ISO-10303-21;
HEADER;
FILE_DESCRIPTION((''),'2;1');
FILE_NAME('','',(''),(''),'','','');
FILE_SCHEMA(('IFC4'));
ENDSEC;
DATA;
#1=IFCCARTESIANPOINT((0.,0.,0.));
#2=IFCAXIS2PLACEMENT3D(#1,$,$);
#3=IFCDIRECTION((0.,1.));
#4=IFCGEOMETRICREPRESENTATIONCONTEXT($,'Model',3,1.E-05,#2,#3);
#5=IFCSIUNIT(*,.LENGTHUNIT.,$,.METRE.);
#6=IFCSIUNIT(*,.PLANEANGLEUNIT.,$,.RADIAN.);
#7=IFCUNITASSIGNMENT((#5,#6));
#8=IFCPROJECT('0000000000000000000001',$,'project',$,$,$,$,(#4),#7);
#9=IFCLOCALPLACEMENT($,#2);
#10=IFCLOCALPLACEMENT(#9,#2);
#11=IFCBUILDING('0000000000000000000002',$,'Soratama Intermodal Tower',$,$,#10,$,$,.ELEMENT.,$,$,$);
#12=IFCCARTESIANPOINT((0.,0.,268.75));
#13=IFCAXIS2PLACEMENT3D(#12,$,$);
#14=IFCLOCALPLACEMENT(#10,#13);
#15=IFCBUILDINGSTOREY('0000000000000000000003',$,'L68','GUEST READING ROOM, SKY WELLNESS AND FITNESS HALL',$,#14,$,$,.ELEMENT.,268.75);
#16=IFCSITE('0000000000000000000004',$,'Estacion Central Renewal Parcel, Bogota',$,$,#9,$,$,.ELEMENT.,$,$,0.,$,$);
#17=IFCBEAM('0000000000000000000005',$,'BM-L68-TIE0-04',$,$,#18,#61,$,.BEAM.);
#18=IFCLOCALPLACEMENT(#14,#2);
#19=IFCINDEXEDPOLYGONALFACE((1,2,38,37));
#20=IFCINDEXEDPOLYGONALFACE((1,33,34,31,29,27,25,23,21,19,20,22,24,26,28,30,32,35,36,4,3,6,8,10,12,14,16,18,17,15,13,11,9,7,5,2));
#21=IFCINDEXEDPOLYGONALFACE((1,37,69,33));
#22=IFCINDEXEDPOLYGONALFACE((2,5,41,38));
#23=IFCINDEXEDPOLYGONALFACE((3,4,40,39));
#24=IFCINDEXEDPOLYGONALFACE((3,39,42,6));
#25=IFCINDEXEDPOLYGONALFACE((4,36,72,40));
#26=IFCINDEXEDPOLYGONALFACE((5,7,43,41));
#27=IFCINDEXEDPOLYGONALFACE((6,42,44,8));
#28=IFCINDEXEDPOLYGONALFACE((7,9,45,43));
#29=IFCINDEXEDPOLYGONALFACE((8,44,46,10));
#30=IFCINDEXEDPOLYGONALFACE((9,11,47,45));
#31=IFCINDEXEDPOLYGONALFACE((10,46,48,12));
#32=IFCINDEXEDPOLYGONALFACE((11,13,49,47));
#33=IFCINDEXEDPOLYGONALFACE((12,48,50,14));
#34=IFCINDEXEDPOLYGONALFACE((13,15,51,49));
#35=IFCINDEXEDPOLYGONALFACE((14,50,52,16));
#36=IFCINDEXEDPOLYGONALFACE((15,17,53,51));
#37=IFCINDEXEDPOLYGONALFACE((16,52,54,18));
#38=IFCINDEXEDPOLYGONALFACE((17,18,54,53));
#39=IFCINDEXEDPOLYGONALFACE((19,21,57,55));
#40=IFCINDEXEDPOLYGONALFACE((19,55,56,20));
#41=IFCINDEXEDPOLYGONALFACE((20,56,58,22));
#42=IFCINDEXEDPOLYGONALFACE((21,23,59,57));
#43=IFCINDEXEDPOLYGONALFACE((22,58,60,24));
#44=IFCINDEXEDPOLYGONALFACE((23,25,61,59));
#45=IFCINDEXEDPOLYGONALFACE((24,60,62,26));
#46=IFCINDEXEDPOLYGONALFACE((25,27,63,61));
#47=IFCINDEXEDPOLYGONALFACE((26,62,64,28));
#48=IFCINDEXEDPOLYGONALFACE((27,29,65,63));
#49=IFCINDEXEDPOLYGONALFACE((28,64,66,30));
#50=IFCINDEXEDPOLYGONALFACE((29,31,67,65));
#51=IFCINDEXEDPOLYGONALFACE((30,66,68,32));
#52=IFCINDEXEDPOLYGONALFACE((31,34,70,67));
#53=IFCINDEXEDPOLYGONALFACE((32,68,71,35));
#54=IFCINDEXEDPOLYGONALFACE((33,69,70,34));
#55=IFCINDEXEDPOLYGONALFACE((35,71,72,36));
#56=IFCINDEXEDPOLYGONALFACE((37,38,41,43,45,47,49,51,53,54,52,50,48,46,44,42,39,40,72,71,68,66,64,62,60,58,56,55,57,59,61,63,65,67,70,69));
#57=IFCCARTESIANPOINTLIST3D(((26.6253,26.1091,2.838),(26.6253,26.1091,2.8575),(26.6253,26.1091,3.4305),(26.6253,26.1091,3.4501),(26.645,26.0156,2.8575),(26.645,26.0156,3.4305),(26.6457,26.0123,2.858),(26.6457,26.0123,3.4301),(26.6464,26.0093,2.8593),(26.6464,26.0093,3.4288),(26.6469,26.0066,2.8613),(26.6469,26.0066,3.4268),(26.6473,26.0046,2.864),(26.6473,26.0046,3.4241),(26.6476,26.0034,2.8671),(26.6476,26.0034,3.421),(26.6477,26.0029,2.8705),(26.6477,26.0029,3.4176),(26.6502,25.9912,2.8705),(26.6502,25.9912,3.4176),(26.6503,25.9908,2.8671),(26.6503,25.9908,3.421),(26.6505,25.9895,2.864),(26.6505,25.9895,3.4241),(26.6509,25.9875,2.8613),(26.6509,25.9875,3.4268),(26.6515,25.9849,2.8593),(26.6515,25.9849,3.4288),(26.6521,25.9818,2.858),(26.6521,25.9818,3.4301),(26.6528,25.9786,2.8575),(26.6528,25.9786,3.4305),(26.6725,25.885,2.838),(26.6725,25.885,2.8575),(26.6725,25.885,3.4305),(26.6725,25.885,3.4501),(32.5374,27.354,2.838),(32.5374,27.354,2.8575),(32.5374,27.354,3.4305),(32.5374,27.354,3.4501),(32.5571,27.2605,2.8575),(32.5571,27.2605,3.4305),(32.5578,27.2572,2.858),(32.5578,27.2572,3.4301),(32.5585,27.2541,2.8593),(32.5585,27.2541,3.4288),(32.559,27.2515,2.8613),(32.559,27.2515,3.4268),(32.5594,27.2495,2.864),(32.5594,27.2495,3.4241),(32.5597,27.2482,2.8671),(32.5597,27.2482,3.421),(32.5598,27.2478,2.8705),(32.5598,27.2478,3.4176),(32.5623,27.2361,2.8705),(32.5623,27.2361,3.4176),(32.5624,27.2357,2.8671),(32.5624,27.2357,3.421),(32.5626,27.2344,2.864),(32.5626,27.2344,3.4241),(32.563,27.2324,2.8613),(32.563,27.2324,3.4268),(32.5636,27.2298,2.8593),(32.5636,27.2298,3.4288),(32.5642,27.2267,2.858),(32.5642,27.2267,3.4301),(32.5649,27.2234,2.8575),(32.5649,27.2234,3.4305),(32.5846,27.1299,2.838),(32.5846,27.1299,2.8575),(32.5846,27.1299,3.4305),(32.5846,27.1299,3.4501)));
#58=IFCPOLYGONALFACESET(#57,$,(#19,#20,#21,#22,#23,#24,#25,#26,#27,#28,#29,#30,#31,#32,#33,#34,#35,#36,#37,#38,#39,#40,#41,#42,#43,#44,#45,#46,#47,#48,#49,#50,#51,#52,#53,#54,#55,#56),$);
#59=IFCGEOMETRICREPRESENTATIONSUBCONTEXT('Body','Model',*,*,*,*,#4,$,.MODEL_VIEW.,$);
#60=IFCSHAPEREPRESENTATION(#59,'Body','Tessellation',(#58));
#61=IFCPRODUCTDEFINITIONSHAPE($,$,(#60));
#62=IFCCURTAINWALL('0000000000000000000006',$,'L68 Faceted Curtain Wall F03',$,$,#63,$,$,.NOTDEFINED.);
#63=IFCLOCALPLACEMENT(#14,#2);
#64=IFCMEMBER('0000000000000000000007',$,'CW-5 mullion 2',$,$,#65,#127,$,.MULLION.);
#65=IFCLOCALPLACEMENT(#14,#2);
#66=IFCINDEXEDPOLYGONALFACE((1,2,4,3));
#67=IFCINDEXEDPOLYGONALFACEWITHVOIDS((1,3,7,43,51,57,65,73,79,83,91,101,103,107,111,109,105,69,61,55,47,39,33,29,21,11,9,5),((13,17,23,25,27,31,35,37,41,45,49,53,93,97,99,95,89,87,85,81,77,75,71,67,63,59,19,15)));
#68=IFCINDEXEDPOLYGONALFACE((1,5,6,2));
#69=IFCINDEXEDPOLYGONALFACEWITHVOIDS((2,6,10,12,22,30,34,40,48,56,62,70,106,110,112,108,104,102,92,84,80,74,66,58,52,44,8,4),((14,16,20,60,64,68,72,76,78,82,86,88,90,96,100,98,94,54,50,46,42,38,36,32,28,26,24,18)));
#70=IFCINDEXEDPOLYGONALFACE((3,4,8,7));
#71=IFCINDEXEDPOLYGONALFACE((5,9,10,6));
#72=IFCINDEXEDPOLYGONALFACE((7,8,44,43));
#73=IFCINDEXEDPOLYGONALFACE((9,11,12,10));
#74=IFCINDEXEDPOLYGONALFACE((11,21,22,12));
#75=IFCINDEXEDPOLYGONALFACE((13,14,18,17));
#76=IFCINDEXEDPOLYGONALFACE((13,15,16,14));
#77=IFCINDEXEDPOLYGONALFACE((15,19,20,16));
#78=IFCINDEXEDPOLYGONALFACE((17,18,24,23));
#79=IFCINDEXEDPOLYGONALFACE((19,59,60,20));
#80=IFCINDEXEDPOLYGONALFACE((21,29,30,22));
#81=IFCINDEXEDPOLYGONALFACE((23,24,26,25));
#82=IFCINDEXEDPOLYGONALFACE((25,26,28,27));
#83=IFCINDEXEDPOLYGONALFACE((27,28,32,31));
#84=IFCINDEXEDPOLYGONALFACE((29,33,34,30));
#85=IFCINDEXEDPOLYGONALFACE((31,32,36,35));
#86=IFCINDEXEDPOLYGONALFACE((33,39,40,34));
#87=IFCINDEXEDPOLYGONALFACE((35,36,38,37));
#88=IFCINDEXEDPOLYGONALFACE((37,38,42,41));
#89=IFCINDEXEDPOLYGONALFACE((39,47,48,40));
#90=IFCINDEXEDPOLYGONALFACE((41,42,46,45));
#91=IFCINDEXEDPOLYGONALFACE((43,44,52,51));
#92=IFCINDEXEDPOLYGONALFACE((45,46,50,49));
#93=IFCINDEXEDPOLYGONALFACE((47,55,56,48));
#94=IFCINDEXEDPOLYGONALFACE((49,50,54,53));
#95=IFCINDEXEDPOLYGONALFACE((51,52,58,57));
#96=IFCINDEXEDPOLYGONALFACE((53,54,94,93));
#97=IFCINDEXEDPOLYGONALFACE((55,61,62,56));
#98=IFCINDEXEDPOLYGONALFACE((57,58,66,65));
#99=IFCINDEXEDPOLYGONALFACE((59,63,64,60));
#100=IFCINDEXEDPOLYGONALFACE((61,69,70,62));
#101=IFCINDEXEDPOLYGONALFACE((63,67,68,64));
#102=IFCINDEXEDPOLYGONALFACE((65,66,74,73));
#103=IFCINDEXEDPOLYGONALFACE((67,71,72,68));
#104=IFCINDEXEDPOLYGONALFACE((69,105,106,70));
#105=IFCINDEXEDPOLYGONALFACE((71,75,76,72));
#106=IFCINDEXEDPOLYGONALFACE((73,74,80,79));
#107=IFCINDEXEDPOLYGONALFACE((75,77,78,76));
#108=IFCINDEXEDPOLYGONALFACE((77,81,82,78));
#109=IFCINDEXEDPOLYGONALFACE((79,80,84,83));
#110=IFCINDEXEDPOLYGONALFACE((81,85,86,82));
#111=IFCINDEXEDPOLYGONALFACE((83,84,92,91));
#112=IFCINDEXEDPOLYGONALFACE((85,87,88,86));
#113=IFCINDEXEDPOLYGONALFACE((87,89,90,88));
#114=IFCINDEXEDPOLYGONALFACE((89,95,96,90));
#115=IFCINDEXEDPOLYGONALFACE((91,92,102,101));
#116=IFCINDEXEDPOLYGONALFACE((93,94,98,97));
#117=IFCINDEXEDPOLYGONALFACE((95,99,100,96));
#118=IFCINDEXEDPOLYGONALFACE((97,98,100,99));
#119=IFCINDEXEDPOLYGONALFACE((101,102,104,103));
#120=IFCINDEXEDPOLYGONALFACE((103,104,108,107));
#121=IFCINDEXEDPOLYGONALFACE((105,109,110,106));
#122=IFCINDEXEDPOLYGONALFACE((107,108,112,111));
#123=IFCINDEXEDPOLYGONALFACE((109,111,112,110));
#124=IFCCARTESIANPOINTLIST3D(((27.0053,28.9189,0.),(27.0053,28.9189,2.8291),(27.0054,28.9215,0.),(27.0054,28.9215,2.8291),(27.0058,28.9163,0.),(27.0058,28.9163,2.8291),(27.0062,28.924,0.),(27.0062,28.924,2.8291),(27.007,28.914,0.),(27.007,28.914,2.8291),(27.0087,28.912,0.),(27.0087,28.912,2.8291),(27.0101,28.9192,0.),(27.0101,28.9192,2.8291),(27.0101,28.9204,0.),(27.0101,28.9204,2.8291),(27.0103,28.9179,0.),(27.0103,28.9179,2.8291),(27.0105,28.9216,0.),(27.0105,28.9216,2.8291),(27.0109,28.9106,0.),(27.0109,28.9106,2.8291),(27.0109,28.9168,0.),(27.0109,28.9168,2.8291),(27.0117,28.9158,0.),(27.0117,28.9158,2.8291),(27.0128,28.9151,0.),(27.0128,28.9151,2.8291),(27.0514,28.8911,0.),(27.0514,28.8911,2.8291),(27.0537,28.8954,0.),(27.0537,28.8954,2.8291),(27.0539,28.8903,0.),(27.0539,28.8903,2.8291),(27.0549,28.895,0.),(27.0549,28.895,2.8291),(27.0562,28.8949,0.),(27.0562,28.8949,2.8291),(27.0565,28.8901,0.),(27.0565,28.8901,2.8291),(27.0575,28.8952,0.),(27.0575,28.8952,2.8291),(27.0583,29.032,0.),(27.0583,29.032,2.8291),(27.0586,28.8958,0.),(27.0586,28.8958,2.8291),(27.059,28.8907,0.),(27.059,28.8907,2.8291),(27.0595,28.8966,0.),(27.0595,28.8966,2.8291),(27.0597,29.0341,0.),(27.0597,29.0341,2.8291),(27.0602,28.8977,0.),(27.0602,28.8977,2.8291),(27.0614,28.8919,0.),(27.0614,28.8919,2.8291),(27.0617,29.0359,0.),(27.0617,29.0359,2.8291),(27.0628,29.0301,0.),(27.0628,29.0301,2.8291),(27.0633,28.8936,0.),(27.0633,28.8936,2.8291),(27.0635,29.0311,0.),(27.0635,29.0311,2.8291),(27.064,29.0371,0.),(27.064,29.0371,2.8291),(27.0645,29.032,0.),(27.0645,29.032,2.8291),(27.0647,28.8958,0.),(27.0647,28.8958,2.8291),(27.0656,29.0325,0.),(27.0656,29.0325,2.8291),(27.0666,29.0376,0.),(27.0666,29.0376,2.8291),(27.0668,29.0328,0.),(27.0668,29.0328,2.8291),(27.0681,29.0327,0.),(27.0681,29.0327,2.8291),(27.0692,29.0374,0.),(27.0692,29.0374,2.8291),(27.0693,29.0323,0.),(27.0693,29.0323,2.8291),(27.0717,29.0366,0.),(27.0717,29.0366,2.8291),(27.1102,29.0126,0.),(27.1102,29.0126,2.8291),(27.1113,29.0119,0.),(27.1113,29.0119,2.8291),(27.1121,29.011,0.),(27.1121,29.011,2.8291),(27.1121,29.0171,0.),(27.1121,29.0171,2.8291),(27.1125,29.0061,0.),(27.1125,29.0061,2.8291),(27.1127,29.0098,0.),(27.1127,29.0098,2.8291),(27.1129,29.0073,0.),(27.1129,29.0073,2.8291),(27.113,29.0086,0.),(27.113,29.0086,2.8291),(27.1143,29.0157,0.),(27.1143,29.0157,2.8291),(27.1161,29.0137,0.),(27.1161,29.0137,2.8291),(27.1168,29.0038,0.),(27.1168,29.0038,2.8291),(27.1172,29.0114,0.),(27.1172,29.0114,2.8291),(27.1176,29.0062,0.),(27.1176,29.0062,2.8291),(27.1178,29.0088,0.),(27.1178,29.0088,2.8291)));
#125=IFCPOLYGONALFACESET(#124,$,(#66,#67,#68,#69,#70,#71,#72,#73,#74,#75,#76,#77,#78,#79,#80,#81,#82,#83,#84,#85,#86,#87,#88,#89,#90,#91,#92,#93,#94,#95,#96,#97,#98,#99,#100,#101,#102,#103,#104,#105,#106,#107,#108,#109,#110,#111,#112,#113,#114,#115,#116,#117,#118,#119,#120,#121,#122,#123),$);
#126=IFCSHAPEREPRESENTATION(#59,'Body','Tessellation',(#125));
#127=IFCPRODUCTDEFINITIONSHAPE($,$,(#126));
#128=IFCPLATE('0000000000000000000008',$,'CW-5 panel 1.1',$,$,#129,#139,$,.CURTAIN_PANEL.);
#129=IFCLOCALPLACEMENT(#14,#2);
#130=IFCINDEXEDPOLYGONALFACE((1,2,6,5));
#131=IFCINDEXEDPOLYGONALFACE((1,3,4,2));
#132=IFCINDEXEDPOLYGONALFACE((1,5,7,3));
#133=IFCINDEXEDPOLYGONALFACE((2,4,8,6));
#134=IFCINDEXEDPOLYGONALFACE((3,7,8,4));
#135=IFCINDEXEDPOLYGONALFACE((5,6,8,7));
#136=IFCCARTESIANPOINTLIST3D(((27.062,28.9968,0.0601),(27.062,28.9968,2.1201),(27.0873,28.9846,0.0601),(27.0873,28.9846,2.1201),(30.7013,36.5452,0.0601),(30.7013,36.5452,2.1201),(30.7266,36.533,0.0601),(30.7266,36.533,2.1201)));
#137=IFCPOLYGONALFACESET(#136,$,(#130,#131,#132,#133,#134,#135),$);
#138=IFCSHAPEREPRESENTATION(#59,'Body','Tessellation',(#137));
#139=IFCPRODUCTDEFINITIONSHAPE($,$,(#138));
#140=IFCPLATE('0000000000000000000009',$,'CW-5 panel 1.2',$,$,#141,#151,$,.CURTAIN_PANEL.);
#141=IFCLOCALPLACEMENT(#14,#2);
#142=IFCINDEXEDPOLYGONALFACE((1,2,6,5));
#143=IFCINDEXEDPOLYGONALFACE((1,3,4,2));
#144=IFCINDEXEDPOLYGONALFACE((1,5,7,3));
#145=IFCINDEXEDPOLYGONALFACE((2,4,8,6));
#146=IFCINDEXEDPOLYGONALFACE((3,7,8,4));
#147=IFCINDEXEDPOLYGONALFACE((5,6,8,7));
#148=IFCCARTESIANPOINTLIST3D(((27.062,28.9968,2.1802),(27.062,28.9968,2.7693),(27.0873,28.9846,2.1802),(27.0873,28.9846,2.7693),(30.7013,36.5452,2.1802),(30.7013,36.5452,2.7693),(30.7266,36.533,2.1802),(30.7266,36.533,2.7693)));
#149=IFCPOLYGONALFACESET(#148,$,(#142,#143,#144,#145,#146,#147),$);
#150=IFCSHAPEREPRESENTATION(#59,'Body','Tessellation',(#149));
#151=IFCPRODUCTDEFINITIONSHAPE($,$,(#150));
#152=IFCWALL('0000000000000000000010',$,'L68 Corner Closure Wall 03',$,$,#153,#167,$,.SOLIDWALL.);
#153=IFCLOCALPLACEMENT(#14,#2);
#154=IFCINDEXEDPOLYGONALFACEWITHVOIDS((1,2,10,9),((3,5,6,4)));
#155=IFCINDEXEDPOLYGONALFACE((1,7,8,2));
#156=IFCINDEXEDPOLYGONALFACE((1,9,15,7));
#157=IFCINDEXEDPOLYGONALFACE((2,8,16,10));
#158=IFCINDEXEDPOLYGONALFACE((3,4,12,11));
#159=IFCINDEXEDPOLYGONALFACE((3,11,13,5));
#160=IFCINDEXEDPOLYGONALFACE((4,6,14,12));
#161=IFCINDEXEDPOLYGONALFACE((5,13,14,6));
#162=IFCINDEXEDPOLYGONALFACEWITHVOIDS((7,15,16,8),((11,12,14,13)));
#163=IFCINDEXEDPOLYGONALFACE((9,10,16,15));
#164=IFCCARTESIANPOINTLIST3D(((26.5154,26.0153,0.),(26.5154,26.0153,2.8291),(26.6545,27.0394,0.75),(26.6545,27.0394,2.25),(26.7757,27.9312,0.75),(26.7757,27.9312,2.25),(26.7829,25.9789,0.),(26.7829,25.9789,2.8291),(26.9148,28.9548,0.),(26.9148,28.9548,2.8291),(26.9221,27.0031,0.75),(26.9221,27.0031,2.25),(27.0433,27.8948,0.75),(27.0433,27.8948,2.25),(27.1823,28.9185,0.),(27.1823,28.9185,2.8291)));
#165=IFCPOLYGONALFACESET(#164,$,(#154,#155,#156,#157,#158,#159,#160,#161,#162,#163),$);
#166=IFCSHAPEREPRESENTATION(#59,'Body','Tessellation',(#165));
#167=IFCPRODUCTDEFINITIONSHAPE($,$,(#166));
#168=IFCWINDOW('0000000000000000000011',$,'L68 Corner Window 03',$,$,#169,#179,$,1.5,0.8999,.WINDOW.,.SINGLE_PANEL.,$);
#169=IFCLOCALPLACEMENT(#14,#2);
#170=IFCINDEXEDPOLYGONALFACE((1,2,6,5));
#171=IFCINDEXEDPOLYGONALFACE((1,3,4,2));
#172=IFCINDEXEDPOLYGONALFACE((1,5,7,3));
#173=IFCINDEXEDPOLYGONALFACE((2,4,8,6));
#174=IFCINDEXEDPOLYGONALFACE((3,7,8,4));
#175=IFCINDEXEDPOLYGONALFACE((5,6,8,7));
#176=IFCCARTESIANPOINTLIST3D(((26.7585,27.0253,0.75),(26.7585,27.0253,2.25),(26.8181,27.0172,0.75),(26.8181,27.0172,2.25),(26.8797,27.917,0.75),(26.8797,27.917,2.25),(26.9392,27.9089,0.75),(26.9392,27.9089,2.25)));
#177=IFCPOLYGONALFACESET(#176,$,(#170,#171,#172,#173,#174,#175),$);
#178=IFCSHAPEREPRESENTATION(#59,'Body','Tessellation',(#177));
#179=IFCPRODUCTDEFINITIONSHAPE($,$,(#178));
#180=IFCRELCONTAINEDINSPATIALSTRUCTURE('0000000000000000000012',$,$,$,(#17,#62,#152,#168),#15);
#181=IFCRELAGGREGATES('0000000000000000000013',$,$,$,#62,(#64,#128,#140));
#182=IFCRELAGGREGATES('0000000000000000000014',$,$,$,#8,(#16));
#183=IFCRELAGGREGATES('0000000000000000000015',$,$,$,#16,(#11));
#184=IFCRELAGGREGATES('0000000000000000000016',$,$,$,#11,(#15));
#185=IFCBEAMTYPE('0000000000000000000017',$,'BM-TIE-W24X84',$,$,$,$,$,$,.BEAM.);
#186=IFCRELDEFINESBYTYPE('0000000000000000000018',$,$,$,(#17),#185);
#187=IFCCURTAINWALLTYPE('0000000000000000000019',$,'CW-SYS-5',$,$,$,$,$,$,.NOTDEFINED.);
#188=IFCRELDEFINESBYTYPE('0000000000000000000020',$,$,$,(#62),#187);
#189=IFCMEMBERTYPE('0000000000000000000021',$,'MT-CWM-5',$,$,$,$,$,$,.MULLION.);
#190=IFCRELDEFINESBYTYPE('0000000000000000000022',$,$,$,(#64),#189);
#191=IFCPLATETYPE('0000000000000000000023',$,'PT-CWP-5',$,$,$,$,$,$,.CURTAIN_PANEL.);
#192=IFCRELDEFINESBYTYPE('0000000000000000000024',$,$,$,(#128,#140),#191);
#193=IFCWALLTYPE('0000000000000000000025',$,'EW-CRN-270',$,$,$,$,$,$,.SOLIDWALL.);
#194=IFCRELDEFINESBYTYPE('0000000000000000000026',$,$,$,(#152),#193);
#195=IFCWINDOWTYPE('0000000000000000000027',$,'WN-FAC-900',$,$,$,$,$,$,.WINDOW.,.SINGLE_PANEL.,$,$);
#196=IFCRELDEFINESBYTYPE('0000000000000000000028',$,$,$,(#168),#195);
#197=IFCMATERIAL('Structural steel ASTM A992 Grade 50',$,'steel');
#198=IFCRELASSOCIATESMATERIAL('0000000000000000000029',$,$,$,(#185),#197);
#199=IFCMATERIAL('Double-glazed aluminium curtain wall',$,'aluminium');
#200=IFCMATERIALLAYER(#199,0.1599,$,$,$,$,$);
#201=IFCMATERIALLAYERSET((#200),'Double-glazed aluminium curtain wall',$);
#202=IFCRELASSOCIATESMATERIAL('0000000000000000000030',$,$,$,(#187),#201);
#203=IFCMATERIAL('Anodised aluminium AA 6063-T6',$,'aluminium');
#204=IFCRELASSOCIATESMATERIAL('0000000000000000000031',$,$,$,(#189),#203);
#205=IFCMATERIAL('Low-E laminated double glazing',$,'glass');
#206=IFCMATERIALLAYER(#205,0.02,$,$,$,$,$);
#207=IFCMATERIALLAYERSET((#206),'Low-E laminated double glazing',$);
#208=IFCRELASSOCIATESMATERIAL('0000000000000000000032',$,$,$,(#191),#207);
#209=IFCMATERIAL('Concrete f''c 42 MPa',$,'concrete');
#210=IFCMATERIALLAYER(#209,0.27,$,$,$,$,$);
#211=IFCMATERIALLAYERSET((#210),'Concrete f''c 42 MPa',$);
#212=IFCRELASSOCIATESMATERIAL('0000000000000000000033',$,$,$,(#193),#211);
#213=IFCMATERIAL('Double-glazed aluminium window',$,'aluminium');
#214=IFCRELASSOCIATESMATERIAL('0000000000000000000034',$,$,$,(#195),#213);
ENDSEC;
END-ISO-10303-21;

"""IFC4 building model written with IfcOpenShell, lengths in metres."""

from ifc_helpers import new_model, si_unit, direction, frame, frame_2d, origin, origin_2d, place, context, subcontext, project, spatial, rectangle, hollow_rectangle, i_section, extrude, material, layer, layer_set, material_profile, profile_set, type_object, element, fill, aggregate, save


model = new_model("IFC4")

# Units and contexts
model_context = context("Model", 3, precision=1e-05, world=origin(), true_north=direction((0.0, 1.0)))
body_context = subcontext(model_context, "Body", "Model", "MODEL_VIEW")
ifc_project = project(units=[si_unit("LENGTHUNIT", "METRE"), si_unit("PLANEANGLEUNIT", "RADIAN")], contexts=[model_context])

# Site, building, storey
site_placement = place(None, origin())
site = spatial("IfcSite", under=ifc_project, at=site_placement, Name="Estacion Central Renewal Parcel, Bogota", CompositionType="ELEMENT", RefElevation=0.0)
building_placement = place(site_placement, origin())
building = spatial("IfcBuilding", under=site, at=building_placement, Name="Soratama Intermodal Tower", CompositionType="ELEMENT")
storey_placement = place(building_placement, frame((0.0, 0.0, 268.75)))
storey = spatial("IfcBuildingStorey", under=building, at=storey_placement, Name="L68", Description="GUEST READING ROOM, SKY WELLNESS AND FITNESS HALL", CompositionType="ELEMENT", Elevation=268.75)

# Beam
ifc_material_1 = material(Name="Structural steel ASTM A992 Grade 50", Category="steel")
ifc_material_profile_1 = material_profile(ifc_material_1, i_section(OverallWidth=0.229, OverallDepth=0.6121, WebThickness=0.012, FlangeThickness=0.0195, FilletRadius=0.0129, at=origin_2d()), Name="W24X84")
ifc_profile_set_1 = profile_set([ifc_material_profile_1], Name="Structural steel ASTM A992 Grade 50")
beam_type_1 = type_object("IfcBeamType", Name="BM-TIE-W24X84", PredefinedType="BEAM", material=ifc_profile_set_1)
beam_1_placement = place(storey_placement, frame((32.561, 27.2419, 3.144), z_axis=(-0.978542, -0.206045, 0.0), x_axis=(0.206045, -0.978542, 0.0)))
element("IfcBeam", 1, at=beam_1_placement, inside=storey, type_object=beam_type_1, Name="BM-L68-TIE0-04", PredefinedType="BEAM", context=body_context, shape_type="SweptSolid", body=[
    extrude(i_section(OverallWidth=0.229, OverallDepth=0.6121, WebThickness=0.012, FlangeThickness=0.0195, FilletRadius=0.0129, at=origin_2d()), origin(), (0.0, 0.0, 1.0), 6.0417),
])

# Curtain wall, member, plates
ifc_material_2 = material(Name="Double-glazed aluminium curtain wall", Category="aluminium")
ifc_layer_1 = layer(ifc_material_2, 0.1599)
ifc_layer_set_1 = layer_set([ifc_layer_1], Name="Double-glazed aluminium curtain wall")
curtain_wall_type = type_object("IfcCurtainWallType", Name="CW-SYS-5", PredefinedType="NOTDEFINED", material=ifc_layer_set_1)
curtain_wall_placement = place(storey_placement, origin())
curtain_wall = element("IfcCurtainWall", 2, at=curtain_wall_placement, inside=storey, type_object=curtain_wall_type, Name="L68 Faceted Curtain Wall F03", PredefinedType="NOTDEFINED")
ifc_material_3 = material(Name="Anodised aluminium AA 6063-T6", Category="aluminium")
ifc_material_profile_2 = material_profile(ifc_material_3, hollow_rectangle(XDim=0.0649, YDim=0.1399, WallThickness=0.0049, InnerFilletRadius=0.0049, OuterFilletRadius=0.01, at=origin_2d()), Name="CWM140X65X5")
ifc_profile_set_2 = profile_set([ifc_material_profile_2], Name="Anodised aluminium AA 6063-T6")
member_type = type_object("IfcMemberType", Name="MT-CWM-5", PredefinedType="MULLION", material=ifc_profile_set_2)
member_placement = place(storey_placement, frame((27.0615, 28.9639, 0.0), z_axis=(0.0, 0.0, 1.0), x_axis=(0.900772, -0.434292, 0.0)))
member = element("IfcMember", 3, at=member_placement, type_object=member_type, Name="CW-5 mullion 2", PredefinedType="MULLION", context=body_context, shape_type="SweptSolid", body=[
    extrude(hollow_rectangle(XDim=0.0649, YDim=0.1399, WallThickness=0.0049, InnerFilletRadius=0.0049, OuterFilletRadius=0.01, at=origin_2d()), origin(), (0.0, 0.0, 1.0), 2.8291),
])
ifc_material_4 = material(Name="Low-E laminated double glazing", Category="glass")
ifc_layer_2 = layer(ifc_material_4, 0.02)
ifc_layer_set_2 = layer_set([ifc_layer_2], Name="Low-E laminated double glazing")
plate_type = type_object("IfcPlateType", Name="PT-CWP-5", PredefinedType="CURTAIN_PANEL", material=ifc_layer_set_2)
plate_1_placement = place(storey_placement, frame((28.8943, 32.7649, 0.0601), z_axis=(0.0, 0.0, 1.0), x_axis=(-0.434292, -0.900772, 0.0)))
plate_1 = element("IfcPlate", 4, at=plate_1_placement, type_object=plate_type, Name="CW-5 panel 1.1", PredefinedType="CURTAIN_PANEL", context=body_context, shape_type="SweptSolid", body=[
    extrude(rectangle(XDim=8.3799, YDim=0.0281, at=origin_2d()), origin(), (0.0, 0.0, 1.0), 2.0601),
])
plate_2_placement = place(storey_placement, frame((28.8943, 32.7649, 2.1802), z_axis=(0.0, 0.0, 1.0), x_axis=(-0.434292, -0.900772, 0.0)))
plate_2 = element("IfcPlate", 5, at=plate_2_placement, type_object=plate_type, Name="CW-5 panel 1.2", PredefinedType="CURTAIN_PANEL", context=body_context, shape_type="SweptSolid", body=[
    extrude(rectangle(XDim=8.3799, YDim=0.0281, at=origin_2d()), origin(), (0.0, 0.0, 1.0), 0.5891),
])
aggregate(curtain_wall, [member, plate_1, plate_2])

# Wall, opening, window
ifc_material_5 = material(Name="Concrete f'c 42 MPa", Category="concrete")
ifc_layer_3 = layer(ifc_material_5, 0.27)
ifc_layer_set_3 = layer_set([ifc_layer_3], Name="Concrete f'c 42 MPa")
wall_type_1 = type_object("IfcWallType", Name="EW-CRN-270", PredefinedType="SOLIDWALL", material=ifc_layer_set_3)
wall_1_placement = place(storey_placement, frame((27.0486, 28.9368, 0.0), z_axis=(0.0, 0.0, 1.0), x_axis=(-0.134643, -0.990894, 0.0)))
wall_1 = element("IfcWall", 6, at=wall_1_placement, inside=storey, type_object=wall_type_1, Name="L68 Corner Closure Wall 03", PredefinedType="SOLIDWALL", context=body_context, shape_type="SweptSolid", body=[
    extrude(rectangle(XDim=2.9666, YDim=0.27, at=frame_2d((1.4834, 0.0))), origin(), (0.0, 0.0, 1.0), 2.8291),
])
opening_1_placement = place(wall_1_placement, frame((1.0332, 0.0, 0.75)))
opening_1 = element("IfcOpeningElement", 7, at=opening_1_placement, cuts=wall_1, PredefinedType="OPENING", context=body_context, shape_type="SweptSolid", body=[
    extrude(rectangle(XDim=0.8999, YDim=1.5, at=frame_2d((0.45, 0.75))), frame((0.0, 0.145, 0.0), z_axis=(0.0, -1.0, 0.0), x_axis=(1.0, 0.0, 0.0)), (0.0, 0.0, 1.0), 0.29),
])
ifc_material_6 = material(Name="Double-glazed aluminium window", Category="aluminium")
window_type_1 = type_object("IfcWindowType", Name="WN-FAC-900", PartitioningType="SINGLE_PANEL", PredefinedType="WINDOW", material=ifc_material_6)
window_1_placement = place(opening_1_placement, origin())
window_1 = element("IfcWindow", 8, at=window_1_placement, inside=storey, type_object=window_type_1, Name="L68 Corner Window 03", OverallHeight=1.5, OverallWidth=0.8999, PartitioningType="SINGLE_PANEL", PredefinedType="WINDOW", context=body_context, shape_type="SweptSolid", body=[
    extrude(rectangle(XDim=0.8999, YDim=1.5, at=frame_2d((0.45, 0.75))), frame((0.0, 0.03, 0.0), z_axis=(0.0, -1.0, 0.0), x_axis=(1.0, 0.0, 0.0)), (0.0, 0.0, 1.0), 0.0601),
])
fill(opening_1, window_1)

save(model, "model.ifc")
